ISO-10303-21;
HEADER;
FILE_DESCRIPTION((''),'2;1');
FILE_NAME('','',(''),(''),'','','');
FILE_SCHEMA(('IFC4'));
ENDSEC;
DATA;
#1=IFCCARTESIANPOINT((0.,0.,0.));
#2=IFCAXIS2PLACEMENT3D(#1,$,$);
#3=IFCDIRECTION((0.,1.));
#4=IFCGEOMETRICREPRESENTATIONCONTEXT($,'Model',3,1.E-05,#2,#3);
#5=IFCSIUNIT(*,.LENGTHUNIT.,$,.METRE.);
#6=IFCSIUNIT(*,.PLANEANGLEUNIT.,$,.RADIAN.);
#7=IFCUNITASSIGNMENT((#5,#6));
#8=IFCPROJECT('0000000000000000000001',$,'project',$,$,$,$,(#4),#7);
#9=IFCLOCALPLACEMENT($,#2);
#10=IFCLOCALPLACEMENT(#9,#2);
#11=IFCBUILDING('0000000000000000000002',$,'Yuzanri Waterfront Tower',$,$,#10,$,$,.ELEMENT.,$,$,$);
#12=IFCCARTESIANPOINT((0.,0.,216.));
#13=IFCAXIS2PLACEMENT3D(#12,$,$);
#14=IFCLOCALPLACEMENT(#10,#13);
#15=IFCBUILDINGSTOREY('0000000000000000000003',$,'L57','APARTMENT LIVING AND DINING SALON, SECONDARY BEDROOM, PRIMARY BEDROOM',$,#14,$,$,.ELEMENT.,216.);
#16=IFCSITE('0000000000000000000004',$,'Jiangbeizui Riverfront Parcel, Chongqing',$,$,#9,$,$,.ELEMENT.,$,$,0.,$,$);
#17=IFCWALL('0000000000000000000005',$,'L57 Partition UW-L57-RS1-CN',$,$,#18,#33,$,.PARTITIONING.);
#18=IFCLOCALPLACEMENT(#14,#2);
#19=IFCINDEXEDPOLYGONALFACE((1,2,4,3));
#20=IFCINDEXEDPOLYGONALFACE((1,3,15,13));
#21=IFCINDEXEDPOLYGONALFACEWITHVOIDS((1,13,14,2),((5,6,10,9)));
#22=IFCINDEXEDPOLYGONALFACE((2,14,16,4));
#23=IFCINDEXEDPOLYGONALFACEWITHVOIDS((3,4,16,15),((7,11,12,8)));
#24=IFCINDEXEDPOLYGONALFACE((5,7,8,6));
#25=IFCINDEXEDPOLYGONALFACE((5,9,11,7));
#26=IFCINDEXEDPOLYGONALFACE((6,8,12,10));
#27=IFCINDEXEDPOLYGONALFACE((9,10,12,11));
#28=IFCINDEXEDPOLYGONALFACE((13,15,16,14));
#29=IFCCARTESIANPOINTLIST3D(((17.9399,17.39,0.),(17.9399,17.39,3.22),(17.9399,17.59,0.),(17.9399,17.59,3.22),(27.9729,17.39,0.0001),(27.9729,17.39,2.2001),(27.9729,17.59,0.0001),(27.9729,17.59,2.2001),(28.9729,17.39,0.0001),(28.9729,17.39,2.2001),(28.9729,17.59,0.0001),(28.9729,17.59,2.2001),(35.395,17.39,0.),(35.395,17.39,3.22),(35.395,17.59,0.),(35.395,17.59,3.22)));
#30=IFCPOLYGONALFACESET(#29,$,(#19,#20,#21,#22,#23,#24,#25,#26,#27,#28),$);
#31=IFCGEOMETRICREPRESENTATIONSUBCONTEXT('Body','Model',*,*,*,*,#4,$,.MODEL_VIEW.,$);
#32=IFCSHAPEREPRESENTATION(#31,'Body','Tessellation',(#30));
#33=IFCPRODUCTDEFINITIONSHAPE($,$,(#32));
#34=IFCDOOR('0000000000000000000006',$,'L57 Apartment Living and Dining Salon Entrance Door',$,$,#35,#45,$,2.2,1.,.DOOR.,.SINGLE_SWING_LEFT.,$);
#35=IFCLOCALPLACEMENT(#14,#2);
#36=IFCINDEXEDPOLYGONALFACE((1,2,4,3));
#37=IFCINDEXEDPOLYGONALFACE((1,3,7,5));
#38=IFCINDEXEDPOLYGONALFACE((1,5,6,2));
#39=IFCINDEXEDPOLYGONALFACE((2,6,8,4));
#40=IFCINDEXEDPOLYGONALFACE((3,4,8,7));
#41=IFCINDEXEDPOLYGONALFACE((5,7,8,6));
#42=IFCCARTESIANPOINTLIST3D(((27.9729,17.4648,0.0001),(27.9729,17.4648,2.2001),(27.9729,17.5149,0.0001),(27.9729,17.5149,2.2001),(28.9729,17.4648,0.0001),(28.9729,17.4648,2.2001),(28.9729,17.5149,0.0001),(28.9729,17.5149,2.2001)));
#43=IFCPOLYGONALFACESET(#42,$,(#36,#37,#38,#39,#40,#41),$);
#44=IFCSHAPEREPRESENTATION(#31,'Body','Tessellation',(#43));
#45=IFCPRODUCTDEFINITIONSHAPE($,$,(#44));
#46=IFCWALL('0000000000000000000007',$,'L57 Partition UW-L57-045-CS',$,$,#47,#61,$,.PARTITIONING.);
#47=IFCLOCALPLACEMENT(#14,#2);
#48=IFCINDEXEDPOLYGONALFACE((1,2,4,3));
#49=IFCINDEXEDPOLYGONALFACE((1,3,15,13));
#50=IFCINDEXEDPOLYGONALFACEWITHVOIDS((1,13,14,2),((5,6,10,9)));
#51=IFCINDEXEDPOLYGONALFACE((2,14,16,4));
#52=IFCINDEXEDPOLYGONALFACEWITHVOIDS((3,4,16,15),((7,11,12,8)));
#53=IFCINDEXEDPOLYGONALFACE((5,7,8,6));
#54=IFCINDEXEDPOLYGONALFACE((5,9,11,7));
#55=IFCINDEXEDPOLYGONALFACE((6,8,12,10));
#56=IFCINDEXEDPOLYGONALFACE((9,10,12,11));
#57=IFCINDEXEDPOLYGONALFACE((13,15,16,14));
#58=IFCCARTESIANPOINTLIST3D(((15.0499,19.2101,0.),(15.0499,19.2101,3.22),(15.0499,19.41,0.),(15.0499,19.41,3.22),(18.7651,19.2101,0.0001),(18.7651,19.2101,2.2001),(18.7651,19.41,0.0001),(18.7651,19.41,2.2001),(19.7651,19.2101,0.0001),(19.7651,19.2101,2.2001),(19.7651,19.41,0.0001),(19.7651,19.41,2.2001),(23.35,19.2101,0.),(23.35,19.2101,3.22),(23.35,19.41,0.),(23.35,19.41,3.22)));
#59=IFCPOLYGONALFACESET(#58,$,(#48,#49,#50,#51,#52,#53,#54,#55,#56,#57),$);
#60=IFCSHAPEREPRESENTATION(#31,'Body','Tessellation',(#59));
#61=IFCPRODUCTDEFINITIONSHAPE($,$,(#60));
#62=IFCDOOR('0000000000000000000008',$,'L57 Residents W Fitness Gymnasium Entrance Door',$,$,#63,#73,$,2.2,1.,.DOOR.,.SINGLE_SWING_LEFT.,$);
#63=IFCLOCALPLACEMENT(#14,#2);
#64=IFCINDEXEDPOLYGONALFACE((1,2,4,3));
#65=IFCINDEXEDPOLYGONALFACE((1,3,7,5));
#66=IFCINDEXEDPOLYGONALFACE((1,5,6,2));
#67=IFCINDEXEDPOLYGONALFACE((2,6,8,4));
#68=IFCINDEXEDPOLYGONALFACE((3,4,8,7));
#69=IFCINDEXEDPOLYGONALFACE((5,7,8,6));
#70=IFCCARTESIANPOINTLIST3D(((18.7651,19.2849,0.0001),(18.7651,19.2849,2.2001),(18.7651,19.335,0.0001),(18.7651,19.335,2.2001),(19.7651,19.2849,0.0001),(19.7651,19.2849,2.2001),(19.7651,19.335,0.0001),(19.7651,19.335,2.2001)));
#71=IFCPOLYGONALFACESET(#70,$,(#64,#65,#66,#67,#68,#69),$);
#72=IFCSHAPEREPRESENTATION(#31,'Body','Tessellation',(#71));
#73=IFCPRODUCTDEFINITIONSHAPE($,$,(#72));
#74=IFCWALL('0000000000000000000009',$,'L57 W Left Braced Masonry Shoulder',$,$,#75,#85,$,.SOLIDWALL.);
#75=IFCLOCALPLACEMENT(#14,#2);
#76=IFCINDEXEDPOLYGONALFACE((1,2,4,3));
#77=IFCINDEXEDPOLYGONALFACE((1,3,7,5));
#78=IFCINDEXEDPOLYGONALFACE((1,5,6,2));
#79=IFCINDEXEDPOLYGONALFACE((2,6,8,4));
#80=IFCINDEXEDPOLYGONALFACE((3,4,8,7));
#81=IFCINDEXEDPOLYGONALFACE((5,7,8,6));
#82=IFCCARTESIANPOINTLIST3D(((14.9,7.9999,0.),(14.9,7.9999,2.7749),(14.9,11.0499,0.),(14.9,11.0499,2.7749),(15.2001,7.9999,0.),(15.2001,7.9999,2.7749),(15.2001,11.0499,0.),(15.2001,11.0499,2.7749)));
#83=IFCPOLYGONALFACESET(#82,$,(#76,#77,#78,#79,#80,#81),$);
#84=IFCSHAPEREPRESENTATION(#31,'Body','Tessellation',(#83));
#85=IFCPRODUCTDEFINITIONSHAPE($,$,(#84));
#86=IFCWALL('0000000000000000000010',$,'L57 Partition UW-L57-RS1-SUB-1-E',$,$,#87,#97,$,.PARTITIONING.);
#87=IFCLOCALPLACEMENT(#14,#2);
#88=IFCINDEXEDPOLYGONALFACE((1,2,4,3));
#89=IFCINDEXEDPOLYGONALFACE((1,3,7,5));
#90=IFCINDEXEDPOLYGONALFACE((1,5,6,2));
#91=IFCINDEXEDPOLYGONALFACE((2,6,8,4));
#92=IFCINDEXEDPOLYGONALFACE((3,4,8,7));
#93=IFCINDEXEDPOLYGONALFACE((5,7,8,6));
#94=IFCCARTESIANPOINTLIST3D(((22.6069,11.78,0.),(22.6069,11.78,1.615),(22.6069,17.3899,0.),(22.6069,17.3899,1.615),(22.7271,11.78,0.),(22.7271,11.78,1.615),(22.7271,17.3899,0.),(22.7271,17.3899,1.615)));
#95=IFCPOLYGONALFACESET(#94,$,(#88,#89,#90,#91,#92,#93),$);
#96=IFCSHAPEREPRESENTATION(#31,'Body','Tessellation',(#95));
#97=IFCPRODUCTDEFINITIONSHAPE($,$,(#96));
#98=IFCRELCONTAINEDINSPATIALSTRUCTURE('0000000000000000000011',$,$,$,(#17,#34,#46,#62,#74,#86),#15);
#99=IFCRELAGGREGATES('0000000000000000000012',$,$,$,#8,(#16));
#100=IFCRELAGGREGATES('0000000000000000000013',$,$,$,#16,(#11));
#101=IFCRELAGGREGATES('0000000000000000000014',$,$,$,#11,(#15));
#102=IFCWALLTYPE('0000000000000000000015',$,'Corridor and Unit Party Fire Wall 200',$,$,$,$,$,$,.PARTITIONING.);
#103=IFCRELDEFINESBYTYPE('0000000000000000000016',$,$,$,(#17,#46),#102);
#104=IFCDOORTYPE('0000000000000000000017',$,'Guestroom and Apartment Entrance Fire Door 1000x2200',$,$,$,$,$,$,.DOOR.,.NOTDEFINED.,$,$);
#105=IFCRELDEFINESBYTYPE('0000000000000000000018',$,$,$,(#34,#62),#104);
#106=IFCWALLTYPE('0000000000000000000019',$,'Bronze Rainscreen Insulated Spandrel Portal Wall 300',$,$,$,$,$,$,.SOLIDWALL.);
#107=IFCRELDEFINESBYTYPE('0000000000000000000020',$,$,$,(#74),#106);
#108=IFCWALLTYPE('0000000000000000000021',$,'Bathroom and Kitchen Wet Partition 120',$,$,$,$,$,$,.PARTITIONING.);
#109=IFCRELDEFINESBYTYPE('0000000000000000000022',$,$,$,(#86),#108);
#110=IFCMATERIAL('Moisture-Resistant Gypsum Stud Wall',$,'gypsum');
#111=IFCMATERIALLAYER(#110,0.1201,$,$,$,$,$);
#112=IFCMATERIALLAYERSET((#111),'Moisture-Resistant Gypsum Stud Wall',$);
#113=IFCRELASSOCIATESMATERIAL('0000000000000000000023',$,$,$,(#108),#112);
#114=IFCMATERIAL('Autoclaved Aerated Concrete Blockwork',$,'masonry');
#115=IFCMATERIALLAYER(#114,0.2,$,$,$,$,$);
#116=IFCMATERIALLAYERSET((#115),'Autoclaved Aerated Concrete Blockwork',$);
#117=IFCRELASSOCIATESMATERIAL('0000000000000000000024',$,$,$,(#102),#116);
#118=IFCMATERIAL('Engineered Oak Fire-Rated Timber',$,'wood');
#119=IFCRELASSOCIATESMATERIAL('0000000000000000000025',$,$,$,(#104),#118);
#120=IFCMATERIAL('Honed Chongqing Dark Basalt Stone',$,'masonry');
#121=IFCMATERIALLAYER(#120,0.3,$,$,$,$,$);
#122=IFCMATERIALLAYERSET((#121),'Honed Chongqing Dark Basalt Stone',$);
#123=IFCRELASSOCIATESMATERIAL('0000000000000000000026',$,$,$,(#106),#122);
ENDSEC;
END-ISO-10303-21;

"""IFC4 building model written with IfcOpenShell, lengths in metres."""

from ifc_helpers import new_model, si_unit, direction, frame, frame_2d, origin, place, context, subcontext, project, spatial, rectangle, extrude, source, transform, mapped, material, layer, layer_set, type_object, element, fill, save


model = new_model("IFC4")

# Units and contexts
model_context = context("Model", 3, precision=1e-05, world=origin(), true_north=direction((0.0, 1.0)))
body_context = subcontext(model_context, "Body", "Model", "MODEL_VIEW")
ifc_project = project(units=[si_unit("LENGTHUNIT", "METRE"), si_unit("PLANEANGLEUNIT", "RADIAN")], contexts=[model_context])

# Site, building, storey
site_placement = place(None, origin())
site = spatial("IfcSite", under=ifc_project, at=site_placement, Name="Jiangbeizui Riverfront Parcel, Chongqing", CompositionType="ELEMENT", RefElevation=0.0)
building_placement = place(site_placement, origin())
building = spatial("IfcBuilding", under=site, at=building_placement, Name="Yuzanri Waterfront Tower", CompositionType="ELEMENT")
storey_placement = place(building_placement, frame((0.0, 0.0, 216.0)))
storey = spatial("IfcBuildingStorey", under=building, at=storey_placement, Name="L57", Description="APARTMENT LIVING AND DINING SALON, SECONDARY BEDROOM, PRIMARY BEDROOM", CompositionType="ELEMENT", Elevation=216.0)

# Walls, openings, doors
ifc_material_1 = material(Name="Moisture-Resistant Gypsum Stud Wall", Category="gypsum")
ifc_layer_1 = layer(ifc_material_1, 0.1201)
ifc_layer_set_1 = layer_set([ifc_layer_1], Name="Moisture-Resistant Gypsum Stud Wall")
wall_type_1 = type_object("IfcWallType", Name="Bathroom and Kitchen Wet Partition 120", PredefinedType="PARTITIONING", material=ifc_layer_set_1)
ifc_material_2 = material(Name="Autoclaved Aerated Concrete Blockwork", Category="masonry")
ifc_layer_2 = layer(ifc_material_2, 0.2)
ifc_layer_set_2 = layer_set([ifc_layer_2], Name="Autoclaved Aerated Concrete Blockwork")
wall_type_2 = type_object("IfcWallType", Name="Corridor and Unit Party Fire Wall 200", PredefinedType="PARTITIONING", material=ifc_layer_set_2)
wall_1_placement = place(storey_placement, frame((17.9399, 17.49, 0.0), z_axis=(0.0, 0.0, 1.0), x_axis=(1.0, 0.0, 0.0)))
wall_1 = element("IfcWall", 1, at=wall_1_placement, inside=storey, type_object=wall_type_2, Name="L57 Partition UW-L57-RS1-CN", PredefinedType="PARTITIONING", context=body_context, shape_type="SweptSolid", body=[
    extrude(rectangle(XDim=17.4551, YDim=0.2, at=frame_2d((8.7275, 0.0))), origin(), (0.0, 0.0, 1.0), 3.22),
])
opening_1_placement = place(wall_1_placement, frame((10.033, 0.0, 0.0)))
opening_1 = element("IfcOpeningElement", 2, at=opening_1_placement, cuts=wall_1, PredefinedType="OPENING", context=body_context, shape_type="SweptSolid", body=[
    extrude(rectangle(XDim=1.0, YDim=2.2, at=frame_2d((0.5, 1.1001))), frame((0.0, 0.1147, 0.0), z_axis=(0.0, -1.0, 0.0), x_axis=(1.0, 0.0, 0.0)), (0.0, 0.0, 1.0), 0.2297),
])
ifc_material_3 = material(Name="Engineered Oak Fire-Rated Timber", Category="wood")
door_type_1 = type_object("IfcDoorType", Name="Guestroom and Apartment Entrance Fire Door 1000x2200", OperationType="NOTDEFINED", PredefinedType="DOOR", material=ifc_material_3)
shared_shape_1 = source(origin(), body_context, "Body", "SweptSolid", [
    extrude(rectangle(XDim=1.0, YDim=2.2, at=frame_2d((0.5, 1.1001))), frame((0.0, 0.0249, 0.0), z_axis=(0.0, -1.0, 0.0), x_axis=(1.0, 0.0, 0.0)), (0.0, 0.0, 1.0), 0.05),
])
door_1_placement = place(opening_1_placement, origin())
door_1 = element("IfcDoor", 3, at=door_1_placement, inside=storey, type_object=door_type_1, Name="L57 Apartment Living and Dining Salon Entrance Door", OperationType="SINGLE_SWING_LEFT", OverallHeight=2.2, OverallWidth=1.0, PredefinedType="DOOR", context=body_context, shape_type="MappedRepresentation", body=[
    mapped(shared_shape_1, transform((0.0, 0.0, 0.0), scale=1.0)),
])
fill(opening_1, door_1)
wall_2_placement = place(storey_placement, frame((15.05, 19.3101, 0.0), z_axis=(0.0, 0.0, 1.0), x_axis=(1.0, 0.0, 0.0)))
wall_2 = element("IfcWall", 4, at=wall_2_placement, inside=storey, type_object=wall_type_2, Name="L57 Partition UW-L57-045-CS", PredefinedType="PARTITIONING", context=body_context, shape_type="SweptSolid", body=[
    extrude(rectangle(XDim=8.3, YDim=0.2, at=frame_2d((4.1499, 0.0))), origin(), (0.0, 0.0, 1.0), 3.22),
])
opening_2_placement = place(wall_2_placement, frame((3.7151, 0.0, 0.0)))
opening_2 = element("IfcOpeningElement", 5, at=opening_2_placement, cuts=wall_2, PredefinedType="OPENING", context=body_context, shape_type="SweptSolid", body=[
    extrude(rectangle(XDim=1.0, YDim=2.2, at=frame_2d((0.5, 1.1001))), frame((0.0, 0.1147, 0.0), z_axis=(0.0, -1.0, 0.0), x_axis=(1.0, 0.0, 0.0)), (0.0, 0.0, 1.0), 0.2297),
])
door_2_placement = place(opening_2_placement, origin())
door_2 = element("IfcDoor", 6, at=door_2_placement, inside=storey, type_object=door_type_1, Name="L57 Residents W Fitness Gymnasium Entrance Door", OperationType="SINGLE_SWING_LEFT", OverallHeight=2.2, OverallWidth=1.0, PredefinedType="DOOR", context=body_context, shape_type="MappedRepresentation", body=[
    mapped(shared_shape_1, transform((0.0, 0.0, 0.0), scale=1.0)),
])
fill(opening_2, door_2)

# Walls
ifc_material_4 = material(Name="Honed Chongqing Dark Basalt Stone", Category="masonry")
ifc_layer_3 = layer(ifc_material_4, 0.3)
ifc_layer_set_3 = layer_set([ifc_layer_3], Name="Honed Chongqing Dark Basalt Stone")
wall_type_3 = type_object("IfcWallType", Name="Bronze Rainscreen Insulated Spandrel Portal Wall 300", PredefinedType="SOLIDWALL", material=ifc_layer_set_3)
shared_shape_2 = source(origin(), body_context, "Body", "SweptSolid", [
    extrude(rectangle(XDim=3.05, YDim=0.3, at=frame_2d((1.5249, 0.0))), origin(), (0.0, 0.0, 1.0), 2.7749),
])
wall_3_placement = place(storey_placement, frame((15.05, 8.0, 0.0), z_axis=(0.0, 0.0, 1.0), x_axis=(0.0, 1.0, 0.0)))
element("IfcWall", 7, at=wall_3_placement, inside=storey, type_object=wall_type_3, Name="L57 W Left Braced Masonry Shoulder", PredefinedType="SOLIDWALL", context=body_context, shape_type="MappedRepresentation", body=[
    mapped(shared_shape_2, transform((0.0, 0.0, 0.0), scale=1.0)),
])
shared_shape_3 = source(origin(), body_context, "Body", "SweptSolid", [
    extrude(rectangle(XDim=5.6099, YDim=0.1201, at=frame_2d((2.8049, 0.0))), origin(), (0.0, 0.0, 1.0), 1.615),
])
wall_4_placement = place(storey_placement, frame((22.667, 11.78, 0.0), z_axis=(0.0, 0.0, 1.0), x_axis=(0.0, 1.0, 0.0)))
element("IfcWall", 8, at=wall_4_placement, inside=storey, type_object=wall_type_1, Name="L57 Partition UW-L57-RS1-SUB-1-E", PredefinedType="PARTITIONING", context=body_context, shape_type="MappedRepresentation", body=[
    mapped(shared_shape_3, transform((0.0, 0.0, 0.0), scale=1.0)),
])

save(model, "model.ifc")
